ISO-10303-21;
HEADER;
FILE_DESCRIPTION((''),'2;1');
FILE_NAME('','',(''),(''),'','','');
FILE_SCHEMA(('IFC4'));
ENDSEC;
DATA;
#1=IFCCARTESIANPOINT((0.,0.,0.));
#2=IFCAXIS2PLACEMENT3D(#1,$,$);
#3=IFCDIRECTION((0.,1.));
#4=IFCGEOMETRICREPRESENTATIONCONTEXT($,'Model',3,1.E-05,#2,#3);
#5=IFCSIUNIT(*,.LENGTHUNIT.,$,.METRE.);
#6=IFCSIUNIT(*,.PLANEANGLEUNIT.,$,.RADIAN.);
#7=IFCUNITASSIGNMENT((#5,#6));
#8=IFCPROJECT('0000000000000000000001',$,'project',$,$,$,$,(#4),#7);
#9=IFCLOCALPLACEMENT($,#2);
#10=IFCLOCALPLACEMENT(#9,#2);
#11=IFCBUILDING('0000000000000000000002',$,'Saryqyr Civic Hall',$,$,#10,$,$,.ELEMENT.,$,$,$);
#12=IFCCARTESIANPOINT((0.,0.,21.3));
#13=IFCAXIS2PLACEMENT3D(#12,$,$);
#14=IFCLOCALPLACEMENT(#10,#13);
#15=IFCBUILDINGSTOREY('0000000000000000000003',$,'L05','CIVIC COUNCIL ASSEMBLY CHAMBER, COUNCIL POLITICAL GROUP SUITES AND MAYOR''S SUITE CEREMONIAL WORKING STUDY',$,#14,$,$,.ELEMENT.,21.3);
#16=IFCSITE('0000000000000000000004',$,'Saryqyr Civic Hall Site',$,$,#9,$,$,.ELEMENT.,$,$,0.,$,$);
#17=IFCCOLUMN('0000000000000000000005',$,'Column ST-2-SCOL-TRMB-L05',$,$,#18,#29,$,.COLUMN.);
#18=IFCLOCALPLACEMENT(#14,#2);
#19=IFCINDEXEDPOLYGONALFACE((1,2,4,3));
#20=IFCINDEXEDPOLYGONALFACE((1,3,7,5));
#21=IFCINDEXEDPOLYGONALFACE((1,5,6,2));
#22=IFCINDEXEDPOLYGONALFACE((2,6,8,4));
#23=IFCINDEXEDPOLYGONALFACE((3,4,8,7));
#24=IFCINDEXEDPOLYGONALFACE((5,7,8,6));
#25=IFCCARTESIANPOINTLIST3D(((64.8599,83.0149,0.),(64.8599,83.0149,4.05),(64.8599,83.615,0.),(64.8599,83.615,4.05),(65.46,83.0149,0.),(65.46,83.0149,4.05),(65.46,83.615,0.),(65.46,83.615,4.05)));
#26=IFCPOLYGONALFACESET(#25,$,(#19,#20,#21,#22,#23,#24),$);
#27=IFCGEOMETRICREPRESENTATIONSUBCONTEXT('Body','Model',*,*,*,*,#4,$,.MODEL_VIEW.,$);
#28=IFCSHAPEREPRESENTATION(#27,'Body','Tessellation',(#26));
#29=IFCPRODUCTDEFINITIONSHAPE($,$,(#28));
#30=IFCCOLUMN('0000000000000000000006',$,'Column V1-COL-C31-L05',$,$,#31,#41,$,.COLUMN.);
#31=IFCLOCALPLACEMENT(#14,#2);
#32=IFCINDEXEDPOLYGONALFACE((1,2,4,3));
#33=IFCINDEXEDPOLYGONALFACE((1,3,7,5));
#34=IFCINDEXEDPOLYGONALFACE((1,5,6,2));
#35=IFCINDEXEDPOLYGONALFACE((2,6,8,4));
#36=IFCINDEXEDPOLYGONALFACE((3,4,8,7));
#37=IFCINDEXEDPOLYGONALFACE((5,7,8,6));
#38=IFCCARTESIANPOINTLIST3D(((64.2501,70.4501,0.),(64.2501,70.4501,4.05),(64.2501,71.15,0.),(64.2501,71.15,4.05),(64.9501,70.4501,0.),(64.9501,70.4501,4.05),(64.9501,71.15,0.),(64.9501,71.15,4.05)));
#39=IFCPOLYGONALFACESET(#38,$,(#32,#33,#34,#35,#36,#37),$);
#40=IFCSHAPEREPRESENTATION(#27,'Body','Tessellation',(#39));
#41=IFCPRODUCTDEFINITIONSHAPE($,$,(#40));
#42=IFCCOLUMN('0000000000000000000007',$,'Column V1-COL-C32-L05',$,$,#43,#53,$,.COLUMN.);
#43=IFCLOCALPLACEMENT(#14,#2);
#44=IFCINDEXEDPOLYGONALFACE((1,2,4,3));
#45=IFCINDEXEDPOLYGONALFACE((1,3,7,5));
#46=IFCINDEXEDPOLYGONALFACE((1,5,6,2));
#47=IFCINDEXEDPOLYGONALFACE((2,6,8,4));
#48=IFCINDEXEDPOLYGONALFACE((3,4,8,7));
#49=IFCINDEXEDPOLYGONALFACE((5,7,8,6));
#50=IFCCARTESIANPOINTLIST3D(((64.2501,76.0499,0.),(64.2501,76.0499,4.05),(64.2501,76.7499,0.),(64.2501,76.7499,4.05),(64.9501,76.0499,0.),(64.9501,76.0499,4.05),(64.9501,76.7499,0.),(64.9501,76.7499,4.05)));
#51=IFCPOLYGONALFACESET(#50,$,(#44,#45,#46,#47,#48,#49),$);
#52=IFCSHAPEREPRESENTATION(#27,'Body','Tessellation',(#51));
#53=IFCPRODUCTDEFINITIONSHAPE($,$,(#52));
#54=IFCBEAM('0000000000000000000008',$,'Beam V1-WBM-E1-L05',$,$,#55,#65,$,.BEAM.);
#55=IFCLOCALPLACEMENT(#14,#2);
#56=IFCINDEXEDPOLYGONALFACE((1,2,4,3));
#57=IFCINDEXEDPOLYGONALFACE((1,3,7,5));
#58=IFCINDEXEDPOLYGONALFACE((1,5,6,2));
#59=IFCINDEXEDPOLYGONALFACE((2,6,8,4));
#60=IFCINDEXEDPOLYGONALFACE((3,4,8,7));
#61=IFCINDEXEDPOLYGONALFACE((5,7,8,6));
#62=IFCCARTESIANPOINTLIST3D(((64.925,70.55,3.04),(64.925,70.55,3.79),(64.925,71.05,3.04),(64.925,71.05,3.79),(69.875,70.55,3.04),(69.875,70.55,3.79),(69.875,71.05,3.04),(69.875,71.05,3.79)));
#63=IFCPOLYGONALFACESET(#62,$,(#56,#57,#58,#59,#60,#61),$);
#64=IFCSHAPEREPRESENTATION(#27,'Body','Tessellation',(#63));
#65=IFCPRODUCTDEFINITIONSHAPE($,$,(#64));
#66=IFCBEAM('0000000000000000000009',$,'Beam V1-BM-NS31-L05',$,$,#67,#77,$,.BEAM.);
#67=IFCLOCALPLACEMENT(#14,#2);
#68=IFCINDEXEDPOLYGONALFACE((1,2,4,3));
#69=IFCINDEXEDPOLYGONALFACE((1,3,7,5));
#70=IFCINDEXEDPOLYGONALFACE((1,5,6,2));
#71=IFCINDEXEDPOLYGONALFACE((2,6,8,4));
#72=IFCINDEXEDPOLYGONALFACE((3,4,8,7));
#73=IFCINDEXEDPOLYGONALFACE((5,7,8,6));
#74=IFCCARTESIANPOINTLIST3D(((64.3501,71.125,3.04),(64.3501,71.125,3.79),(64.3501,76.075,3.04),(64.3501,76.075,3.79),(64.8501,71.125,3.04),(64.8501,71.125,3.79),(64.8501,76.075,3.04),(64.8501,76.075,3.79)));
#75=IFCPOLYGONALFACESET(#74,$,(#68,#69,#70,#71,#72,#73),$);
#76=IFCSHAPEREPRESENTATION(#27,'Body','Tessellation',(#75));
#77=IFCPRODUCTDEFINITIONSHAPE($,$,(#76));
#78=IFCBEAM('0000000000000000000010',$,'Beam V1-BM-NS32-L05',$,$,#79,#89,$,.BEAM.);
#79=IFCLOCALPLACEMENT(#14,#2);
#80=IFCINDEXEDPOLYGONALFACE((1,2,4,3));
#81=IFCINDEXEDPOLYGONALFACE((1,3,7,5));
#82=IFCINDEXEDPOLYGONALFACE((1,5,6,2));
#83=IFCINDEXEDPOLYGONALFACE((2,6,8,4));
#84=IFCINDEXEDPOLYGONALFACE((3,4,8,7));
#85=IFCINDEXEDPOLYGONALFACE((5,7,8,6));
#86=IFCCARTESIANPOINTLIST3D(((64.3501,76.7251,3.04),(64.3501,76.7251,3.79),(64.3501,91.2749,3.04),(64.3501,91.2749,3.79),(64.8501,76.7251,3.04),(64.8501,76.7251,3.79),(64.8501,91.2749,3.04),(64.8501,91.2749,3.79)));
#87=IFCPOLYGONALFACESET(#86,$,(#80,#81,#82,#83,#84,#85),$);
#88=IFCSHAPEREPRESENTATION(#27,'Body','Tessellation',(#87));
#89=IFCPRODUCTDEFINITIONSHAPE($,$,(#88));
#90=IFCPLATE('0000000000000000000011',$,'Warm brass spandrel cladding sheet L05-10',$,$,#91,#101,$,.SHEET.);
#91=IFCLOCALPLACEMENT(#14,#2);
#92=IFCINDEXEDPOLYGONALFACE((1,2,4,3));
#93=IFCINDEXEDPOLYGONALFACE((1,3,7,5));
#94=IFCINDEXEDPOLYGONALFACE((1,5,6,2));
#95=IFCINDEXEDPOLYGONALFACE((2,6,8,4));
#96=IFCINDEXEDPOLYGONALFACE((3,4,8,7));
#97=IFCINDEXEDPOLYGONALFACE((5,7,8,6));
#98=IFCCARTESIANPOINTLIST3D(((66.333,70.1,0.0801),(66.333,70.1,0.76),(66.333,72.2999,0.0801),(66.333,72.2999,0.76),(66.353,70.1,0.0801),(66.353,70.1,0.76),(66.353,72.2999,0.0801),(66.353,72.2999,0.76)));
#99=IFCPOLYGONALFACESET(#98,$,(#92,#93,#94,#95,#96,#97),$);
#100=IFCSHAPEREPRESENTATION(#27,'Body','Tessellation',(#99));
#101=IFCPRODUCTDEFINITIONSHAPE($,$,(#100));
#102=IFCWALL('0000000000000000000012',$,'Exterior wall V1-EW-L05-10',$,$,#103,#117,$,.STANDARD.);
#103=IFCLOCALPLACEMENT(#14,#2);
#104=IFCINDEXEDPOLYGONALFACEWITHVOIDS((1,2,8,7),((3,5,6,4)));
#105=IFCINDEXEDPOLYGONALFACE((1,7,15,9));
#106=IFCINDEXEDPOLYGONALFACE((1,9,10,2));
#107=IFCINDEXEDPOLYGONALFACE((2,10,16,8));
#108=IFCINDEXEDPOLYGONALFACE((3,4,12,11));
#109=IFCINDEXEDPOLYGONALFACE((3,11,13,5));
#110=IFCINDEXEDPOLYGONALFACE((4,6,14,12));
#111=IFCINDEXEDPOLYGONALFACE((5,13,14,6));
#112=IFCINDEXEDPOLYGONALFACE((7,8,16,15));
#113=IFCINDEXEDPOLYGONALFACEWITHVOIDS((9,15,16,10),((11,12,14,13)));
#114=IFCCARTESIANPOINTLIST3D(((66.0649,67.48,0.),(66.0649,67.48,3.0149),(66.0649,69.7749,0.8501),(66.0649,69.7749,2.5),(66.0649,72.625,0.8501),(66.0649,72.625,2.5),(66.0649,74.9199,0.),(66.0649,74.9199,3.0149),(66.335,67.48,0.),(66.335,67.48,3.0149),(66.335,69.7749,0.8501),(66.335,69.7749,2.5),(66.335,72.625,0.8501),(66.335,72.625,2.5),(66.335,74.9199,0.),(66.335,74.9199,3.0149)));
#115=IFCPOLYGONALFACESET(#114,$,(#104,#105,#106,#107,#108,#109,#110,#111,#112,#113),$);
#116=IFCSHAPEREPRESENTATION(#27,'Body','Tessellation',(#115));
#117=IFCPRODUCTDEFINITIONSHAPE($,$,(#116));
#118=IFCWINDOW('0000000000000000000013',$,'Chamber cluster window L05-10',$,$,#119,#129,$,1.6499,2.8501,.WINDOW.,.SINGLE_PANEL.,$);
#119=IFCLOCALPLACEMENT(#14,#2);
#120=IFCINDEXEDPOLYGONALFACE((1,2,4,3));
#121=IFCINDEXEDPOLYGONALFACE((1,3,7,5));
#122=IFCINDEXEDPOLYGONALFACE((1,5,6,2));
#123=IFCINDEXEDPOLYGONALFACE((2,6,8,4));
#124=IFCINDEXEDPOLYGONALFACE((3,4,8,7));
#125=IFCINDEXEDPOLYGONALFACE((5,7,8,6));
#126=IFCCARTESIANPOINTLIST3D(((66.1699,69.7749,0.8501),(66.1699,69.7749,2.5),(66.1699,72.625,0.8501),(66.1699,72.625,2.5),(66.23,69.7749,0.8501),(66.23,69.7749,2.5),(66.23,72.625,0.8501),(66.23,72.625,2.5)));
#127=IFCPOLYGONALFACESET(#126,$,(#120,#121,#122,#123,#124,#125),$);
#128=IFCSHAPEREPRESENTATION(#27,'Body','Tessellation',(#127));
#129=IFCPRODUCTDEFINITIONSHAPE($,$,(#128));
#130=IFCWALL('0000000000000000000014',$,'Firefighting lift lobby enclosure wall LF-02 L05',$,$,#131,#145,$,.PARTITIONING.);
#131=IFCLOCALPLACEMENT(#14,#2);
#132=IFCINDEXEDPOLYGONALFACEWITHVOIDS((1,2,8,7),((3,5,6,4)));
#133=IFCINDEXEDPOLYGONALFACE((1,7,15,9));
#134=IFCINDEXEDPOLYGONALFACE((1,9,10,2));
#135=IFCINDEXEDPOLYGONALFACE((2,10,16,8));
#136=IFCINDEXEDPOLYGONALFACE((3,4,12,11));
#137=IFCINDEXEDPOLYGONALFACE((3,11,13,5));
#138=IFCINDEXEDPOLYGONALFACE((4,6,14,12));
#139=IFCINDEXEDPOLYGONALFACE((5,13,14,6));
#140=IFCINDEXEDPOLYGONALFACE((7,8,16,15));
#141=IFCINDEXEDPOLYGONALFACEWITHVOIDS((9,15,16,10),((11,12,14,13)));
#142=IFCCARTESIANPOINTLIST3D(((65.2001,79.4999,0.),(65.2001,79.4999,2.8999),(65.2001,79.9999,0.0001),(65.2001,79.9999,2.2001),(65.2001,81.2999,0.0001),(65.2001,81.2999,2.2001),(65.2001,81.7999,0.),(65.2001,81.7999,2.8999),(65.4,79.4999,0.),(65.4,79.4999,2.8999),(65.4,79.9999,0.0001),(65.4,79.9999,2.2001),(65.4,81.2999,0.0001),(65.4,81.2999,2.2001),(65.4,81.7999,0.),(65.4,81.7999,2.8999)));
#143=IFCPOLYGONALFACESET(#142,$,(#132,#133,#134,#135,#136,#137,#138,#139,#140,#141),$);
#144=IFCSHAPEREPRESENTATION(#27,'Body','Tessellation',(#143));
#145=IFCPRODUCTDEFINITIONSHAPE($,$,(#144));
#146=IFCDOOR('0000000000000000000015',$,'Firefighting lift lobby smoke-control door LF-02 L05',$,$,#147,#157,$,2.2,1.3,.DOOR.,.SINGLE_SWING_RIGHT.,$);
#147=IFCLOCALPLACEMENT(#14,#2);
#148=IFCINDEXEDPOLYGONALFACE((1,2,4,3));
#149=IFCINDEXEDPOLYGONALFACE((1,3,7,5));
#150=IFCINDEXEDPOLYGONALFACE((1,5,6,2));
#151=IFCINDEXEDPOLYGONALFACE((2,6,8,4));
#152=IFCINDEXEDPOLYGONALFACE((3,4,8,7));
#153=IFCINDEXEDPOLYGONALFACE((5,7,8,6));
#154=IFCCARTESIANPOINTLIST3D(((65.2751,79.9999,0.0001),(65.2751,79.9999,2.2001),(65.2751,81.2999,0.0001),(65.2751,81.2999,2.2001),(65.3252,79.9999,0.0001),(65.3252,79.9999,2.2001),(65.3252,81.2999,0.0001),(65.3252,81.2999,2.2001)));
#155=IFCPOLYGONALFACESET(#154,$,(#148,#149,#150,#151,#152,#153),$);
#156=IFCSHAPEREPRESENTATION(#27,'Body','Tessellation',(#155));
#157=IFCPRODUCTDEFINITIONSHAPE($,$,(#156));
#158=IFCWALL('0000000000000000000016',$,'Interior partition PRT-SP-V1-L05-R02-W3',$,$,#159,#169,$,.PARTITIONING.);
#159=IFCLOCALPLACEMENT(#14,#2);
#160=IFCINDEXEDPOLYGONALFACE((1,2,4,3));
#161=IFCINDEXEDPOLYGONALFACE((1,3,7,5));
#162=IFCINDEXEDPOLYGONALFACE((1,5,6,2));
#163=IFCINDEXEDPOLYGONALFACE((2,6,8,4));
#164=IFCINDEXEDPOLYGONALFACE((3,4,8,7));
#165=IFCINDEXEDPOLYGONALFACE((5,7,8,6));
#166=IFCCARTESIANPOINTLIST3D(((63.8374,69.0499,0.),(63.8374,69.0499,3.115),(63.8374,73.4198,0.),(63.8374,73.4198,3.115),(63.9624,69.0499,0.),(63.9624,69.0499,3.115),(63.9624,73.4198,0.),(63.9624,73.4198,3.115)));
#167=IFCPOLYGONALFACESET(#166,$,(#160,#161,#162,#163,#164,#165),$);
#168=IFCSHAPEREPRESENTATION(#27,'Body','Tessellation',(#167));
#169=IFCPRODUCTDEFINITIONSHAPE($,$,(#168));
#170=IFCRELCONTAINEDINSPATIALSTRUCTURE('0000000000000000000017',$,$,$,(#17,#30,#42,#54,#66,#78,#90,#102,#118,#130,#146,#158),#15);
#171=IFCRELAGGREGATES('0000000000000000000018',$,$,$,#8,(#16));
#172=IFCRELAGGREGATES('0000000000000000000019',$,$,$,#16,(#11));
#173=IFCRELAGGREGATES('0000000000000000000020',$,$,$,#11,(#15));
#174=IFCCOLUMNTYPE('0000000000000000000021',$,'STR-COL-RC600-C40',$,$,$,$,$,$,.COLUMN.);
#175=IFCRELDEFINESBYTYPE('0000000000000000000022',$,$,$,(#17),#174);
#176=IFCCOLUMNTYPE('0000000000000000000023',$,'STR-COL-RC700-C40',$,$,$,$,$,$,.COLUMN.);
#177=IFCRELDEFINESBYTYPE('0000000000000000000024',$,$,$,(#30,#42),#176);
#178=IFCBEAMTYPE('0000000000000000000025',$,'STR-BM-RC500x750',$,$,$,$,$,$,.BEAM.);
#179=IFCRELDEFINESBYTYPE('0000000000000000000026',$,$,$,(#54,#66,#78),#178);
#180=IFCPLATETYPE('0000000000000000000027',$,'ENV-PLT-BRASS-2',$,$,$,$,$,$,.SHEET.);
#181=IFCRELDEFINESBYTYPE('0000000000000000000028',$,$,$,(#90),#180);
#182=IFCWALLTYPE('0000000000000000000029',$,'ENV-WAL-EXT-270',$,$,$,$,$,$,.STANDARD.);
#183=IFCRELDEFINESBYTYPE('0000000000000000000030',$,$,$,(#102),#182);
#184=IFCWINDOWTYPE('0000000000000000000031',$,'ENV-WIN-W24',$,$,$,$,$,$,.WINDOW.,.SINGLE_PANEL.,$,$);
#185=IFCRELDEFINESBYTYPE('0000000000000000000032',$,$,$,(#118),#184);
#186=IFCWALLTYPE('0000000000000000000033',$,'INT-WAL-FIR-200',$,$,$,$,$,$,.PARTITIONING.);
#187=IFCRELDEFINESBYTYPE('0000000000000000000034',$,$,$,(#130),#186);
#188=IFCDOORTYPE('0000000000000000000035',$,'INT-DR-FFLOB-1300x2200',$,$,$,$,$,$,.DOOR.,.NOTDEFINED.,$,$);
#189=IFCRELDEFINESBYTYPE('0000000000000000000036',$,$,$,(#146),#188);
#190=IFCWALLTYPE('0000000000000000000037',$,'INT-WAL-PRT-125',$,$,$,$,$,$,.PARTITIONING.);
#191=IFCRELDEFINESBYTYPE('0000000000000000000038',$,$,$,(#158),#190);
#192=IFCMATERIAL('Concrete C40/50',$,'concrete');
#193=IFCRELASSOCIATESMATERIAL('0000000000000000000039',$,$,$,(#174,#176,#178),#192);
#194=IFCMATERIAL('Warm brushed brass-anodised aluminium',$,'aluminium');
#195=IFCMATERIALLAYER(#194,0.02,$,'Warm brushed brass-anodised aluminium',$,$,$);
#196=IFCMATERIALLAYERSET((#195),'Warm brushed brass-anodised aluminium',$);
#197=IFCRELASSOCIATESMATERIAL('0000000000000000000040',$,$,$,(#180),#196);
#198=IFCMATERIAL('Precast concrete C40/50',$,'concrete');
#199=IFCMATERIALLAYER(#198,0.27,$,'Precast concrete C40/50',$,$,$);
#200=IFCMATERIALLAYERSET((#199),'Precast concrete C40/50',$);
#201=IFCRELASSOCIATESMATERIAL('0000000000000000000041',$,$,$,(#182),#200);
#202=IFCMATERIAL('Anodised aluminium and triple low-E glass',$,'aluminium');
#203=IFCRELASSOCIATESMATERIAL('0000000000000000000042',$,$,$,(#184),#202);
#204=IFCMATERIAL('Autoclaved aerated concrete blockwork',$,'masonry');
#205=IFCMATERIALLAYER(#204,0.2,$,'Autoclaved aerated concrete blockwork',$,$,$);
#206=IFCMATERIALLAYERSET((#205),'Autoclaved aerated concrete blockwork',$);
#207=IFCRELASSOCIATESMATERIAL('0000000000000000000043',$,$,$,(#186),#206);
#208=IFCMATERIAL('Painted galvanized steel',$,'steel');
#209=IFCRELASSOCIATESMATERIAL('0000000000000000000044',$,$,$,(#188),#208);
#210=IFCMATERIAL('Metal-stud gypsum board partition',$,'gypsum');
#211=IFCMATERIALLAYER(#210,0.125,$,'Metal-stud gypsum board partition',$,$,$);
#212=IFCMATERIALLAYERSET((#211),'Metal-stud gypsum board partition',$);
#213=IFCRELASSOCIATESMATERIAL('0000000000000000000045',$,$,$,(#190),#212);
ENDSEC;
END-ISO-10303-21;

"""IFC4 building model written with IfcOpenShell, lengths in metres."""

from ifc_helpers import new_model, si_unit, direction, frame, frame_2d, origin, origin_2d, place, context, subcontext, project, spatial, rectangle, extrude, material, layer, layer_set, material_profile, profile_set, type_object, element, fill, save


model = new_model("IFC4")

# Units and contexts
model_context = context("Model", 3, precision=1e-05, world=origin(), true_north=direction((0.0, 1.0)))
body_context = subcontext(model_context, "Body", "Model", "MODEL_VIEW")
ifc_project = project(units=[si_unit("LENGTHUNIT", "METRE"), si_unit("PLANEANGLEUNIT", "RADIAN")], contexts=[model_context])

# Site, building, storey
site_placement = place(None, origin())
site = spatial("IfcSite", under=ifc_project, at=site_placement, Name="Saryqyr Civic Hall Site", CompositionType="ELEMENT", RefElevation=0.0)
building_placement = place(site_placement, origin())
building = spatial("IfcBuilding", under=site, at=building_placement, Name="Saryqyr Civic Hall", CompositionType="ELEMENT")
storey_placement = place(building_placement, frame((0.0, 0.0, 21.3)))
storey = spatial("IfcBuildingStorey", under=building, at=storey_placement, Name="L05", Description="CIVIC COUNCIL ASSEMBLY CHAMBER, COUNCIL POLITICAL GROUP SUITES AND MAYOR'S SUITE CEREMONIAL WORKING STUDY", CompositionType="ELEMENT", Elevation=21.3)

# Columns
ifc_material_1 = material(Name="Concrete C40/50", Category="concrete")
ifc_material_profile_1 = material_profile(ifc_material_1, rectangle(XDim=0.6001, YDim=0.6001, at=origin_2d()), Name="RC 600x600")
ifc_profile_set_1 = profile_set([ifc_material_profile_1], Name="Concrete C40/50")
column_type_1 = type_object("IfcColumnType", Name="STR-COL-RC600-C40", PredefinedType="COLUMN", material=ifc_profile_set_1)
column_placement = place(storey_placement, frame((65.1599, 83.3149, 0.0), z_axis=(0.0, 0.0, 1.0), x_axis=(1.0, 0.0, 0.0)))
element("IfcColumn", 1, at=column_placement, inside=storey, type_object=column_type_1, Name="Column ST-2-SCOL-TRMB-L05", PredefinedType="COLUMN", context=body_context, shape_type="SweptSolid", body=[
    extrude(rectangle(XDim=0.6001, YDim=0.6001, at=origin_2d()), origin(), (0.0, 0.0, 1.0), 4.05),
])
ifc_material_profile_2 = material_profile(ifc_material_1, rectangle(XDim=0.7, YDim=0.7, at=origin_2d()), Name="RC 700x700")
ifc_profile_set_2 = profile_set([ifc_material_profile_2], Name="Concrete C40/50")
column_type_2 = type_object("IfcColumnType", Name="STR-COL-RC700-C40", PredefinedType="COLUMN", material=ifc_profile_set_2)
for number, where, z_axis, x_axis, name in (
    (2, (64.6001, 70.8, 0.0), (0.0, 0.0, 1.0), (1.0, 0.0, 0.0), "Column V1-COL-C31-L05"),
    (3, (64.6001, 76.3999, 0.0), (0.0, 0.0, 1.0), (1.0, 0.0, 0.0), "Column V1-COL-C32-L05"),
):
    element("IfcColumn", number, at=place(storey_placement, frame(where, z_axis=z_axis, x_axis=x_axis)), inside=storey, type_object=column_type_2, Name=name, PredefinedType="COLUMN", context=body_context, shape_type="SweptSolid", body=[
        extrude(rectangle(XDim=0.7, YDim=0.7, at=origin_2d()), origin(), (0.0, 0.0, 1.0), 4.05),
    ])

# Beams
ifc_material_profile_3 = material_profile(ifc_material_1, rectangle(XDim=0.5, YDim=0.75, at=origin_2d()), Name="RC 500x750")
ifc_profile_set_3 = profile_set([ifc_material_profile_3], Name="Concrete C40/50")
beam_type = type_object("IfcBeamType", Name="STR-BM-RC500x750", PredefinedType="BEAM", material=ifc_profile_set_3)
for number, where, z_axis, x_axis, name in (
    (4, (64.925, 70.8, 3.415), (1.0, 0.0, 0.0), (0.0, 1.0, 0.0), "Beam V1-WBM-E1-L05"),
    (5, (64.6001, 71.125, 3.415), (0.0, 1.0, 0.0), (-1.0, 0.0, 0.0), "Beam V1-BM-NS31-L05"),
):
    element("IfcBeam", number, at=place(storey_placement, frame(where, z_axis=z_axis, x_axis=x_axis)), inside=storey, type_object=beam_type, Name=name, PredefinedType="BEAM", context=body_context, shape_type="SweptSolid", body=[
        extrude(rectangle(XDim=0.5, YDim=0.75, at=origin_2d()), origin(), (0.0, 0.0, 1.0), 4.95),
    ])
beam_placement = place(storey_placement, frame((64.6001, 76.7251, 3.415), z_axis=(0.0, 1.0, 0.0), x_axis=(-1.0, 0.0, 0.0)))
element("IfcBeam", 6, at=beam_placement, inside=storey, type_object=beam_type, Name="Beam V1-BM-NS32-L05", PredefinedType="BEAM", context=body_context, shape_type="SweptSolid", body=[
    extrude(rectangle(XDim=0.5, YDim=0.75, at=origin_2d()), origin(), (0.0, 0.0, 1.0), 14.5498),
])

# Plate
ifc_material_2 = material(Name="Warm brushed brass-anodised aluminium", Category="aluminium")
ifc_layer_1 = layer(ifc_material_2, 0.02, Name="Warm brushed brass-anodised aluminium")
ifc_layer_set_1 = layer_set([ifc_layer_1], Name="Warm brushed brass-anodised aluminium")
plate_type = type_object("IfcPlateType", Name="ENV-PLT-BRASS-2", PredefinedType="SHEET", material=ifc_layer_set_1)
plate_placement = place(storey_placement, frame((66.343, 71.2, 0.0801), z_axis=(0.0, 0.0, 1.0), x_axis=(0.0, -1.0, 0.0)))
element("IfcPlate", 7, at=plate_placement, inside=storey, type_object=plate_type, Name="Warm brass spandrel cladding sheet L05-10", PredefinedType="SHEET", context=body_context, shape_type="SweptSolid", body=[
    extrude(rectangle(XDim=2.2, YDim=0.02, at=origin_2d()), origin(), (0.0, 0.0, 1.0), 0.6799),
])

# Wall, opening, window
ifc_material_3 = material(Name="Precast concrete C40/50", Category="concrete")
ifc_layer_2 = layer(ifc_material_3, 0.27, Name="Precast concrete C40/50")
ifc_layer_set_2 = layer_set([ifc_layer_2], Name="Precast concrete C40/50")
wall_type_1 = type_object("IfcWallType", Name="ENV-WAL-EXT-270", PredefinedType="STANDARD", material=ifc_layer_set_2)
wall_1_placement = place(storey_placement, frame((66.2, 74.9199, 0.0), z_axis=(0.0, 0.0, 1.0), x_axis=(0.0, -1.0, 0.0)))
wall_1 = element("IfcWall", 8, at=wall_1_placement, inside=storey, type_object=wall_type_1, Name="Exterior wall V1-EW-L05-10", PredefinedType="STANDARD", context=body_context, shape_type="SweptSolid", body=[
    extrude(rectangle(XDim=7.4399, YDim=0.27, at=frame_2d((3.72, 0.0))), origin(), (0.0, 0.0, 1.0), 3.0149),
])
opening_1_placement = place(wall_1_placement, frame((2.2949, 0.0, 0.8501)))
opening_1 = element("IfcOpeningElement", 9, at=opening_1_placement, cuts=wall_1, PredefinedType="OPENING", context=body_context, shape_type="SweptSolid", body=[
    extrude(rectangle(XDim=2.8501, YDim=1.6499, at=frame_2d((1.425, 0.825))), frame((0.0, 0.145, 0.0), z_axis=(0.0, -1.0, 0.0), x_axis=(1.0, 0.0, 0.0)), (0.0, 0.0, 1.0), 0.29),
])
ifc_material_4 = material(Name="Anodised aluminium and triple low-E glass", Category="aluminium")
window_type = type_object("IfcWindowType", Name="ENV-WIN-W24", PartitioningType="SINGLE_PANEL", PredefinedType="WINDOW", material=ifc_material_4)
window_placement = place(opening_1_placement, origin())
window = element("IfcWindow", 10, at=window_placement, inside=storey, type_object=window_type, Name="Chamber cluster window L05-10", OverallHeight=1.6499, OverallWidth=2.8501, PartitioningType="SINGLE_PANEL", PredefinedType="WINDOW", context=body_context, shape_type="SweptSolid", body=[
    extrude(rectangle(XDim=2.8501, YDim=1.6499, at=frame_2d((1.425, 0.825))), frame((0.0, 0.03, 0.0), z_axis=(0.0, -1.0, 0.0), x_axis=(1.0, 0.0, 0.0)), (0.0, 0.0, 1.0), 0.0601),
])
fill(opening_1, window)

# Wall, opening, door
ifc_material_5 = material(Name="Autoclaved aerated concrete blockwork", Category="masonry")
ifc_layer_3 = layer(ifc_material_5, 0.2, Name="Autoclaved aerated concrete blockwork")
ifc_layer_set_3 = layer_set([ifc_layer_3], Name="Autoclaved aerated concrete blockwork")
wall_type_2 = type_object("IfcWallType", Name="INT-WAL-FIR-200", PredefinedType="PARTITIONING", material=ifc_layer_set_3)
wall_2_placement = place(storey_placement, frame((65.3, 79.5, 0.0), z_axis=(0.0, 0.0, 1.0), x_axis=(0.0, 1.0, 0.0)))
wall_2 = element("IfcWall", 11, at=wall_2_placement, inside=storey, type_object=wall_type_2, Name="Firefighting lift lobby enclosure wall LF-02 L05", PredefinedType="PARTITIONING", context=body_context, shape_type="SweptSolid", body=[
    extrude(rectangle(XDim=2.3, YDim=0.2, at=frame_2d((1.1499, 0.0))), origin(), (0.0, 0.0, 1.0), 2.8999),
])
opening_2_placement = place(wall_2_placement, frame((0.5, 0.0, 0.0)))
opening_2 = element("IfcOpeningElement", 12, at=opening_2_placement, cuts=wall_2, PredefinedType="OPENING", context=body_context, shape_type="SweptSolid", body=[
    extrude(rectangle(XDim=1.3, YDim=2.2, at=frame_2d((0.6499, 1.1001))), frame((0.0, 0.1099, 0.0), z_axis=(0.0, -1.0, 0.0), x_axis=(1.0, 0.0, 0.0)), (0.0, 0.0, 1.0), 0.22),
])
ifc_material_6 = material(Name="Painted galvanized steel", Category="steel")
door_type_1 = type_object("IfcDoorType", Name="INT-DR-FFLOB-1300x2200", OperationType="NOTDEFINED", PredefinedType="DOOR", material=ifc_material_6)
door_1_placement = place(opening_2_placement, origin())
door_1 = element("IfcDoor", 13, at=door_1_placement, inside=storey, type_object=door_type_1, Name="Firefighting lift lobby smoke-control door LF-02 L05", OperationType="SINGLE_SWING_RIGHT", OverallHeight=2.2, OverallWidth=1.3, PredefinedType="DOOR", context=body_context, shape_type="SweptSolid", body=[
    extrude(rectangle(XDim=1.3, YDim=2.2, at=frame_2d((0.6499, 1.1001))), frame((0.0, 0.0249, 0.0), z_axis=(0.0, -1.0, 0.0), x_axis=(1.0, 0.0, 0.0)), (0.0, 0.0, 1.0), 0.05),
])
fill(opening_2, door_1)

# Wall
ifc_material_7 = material(Name="Metal-stud gypsum board partition", Category="gypsum")
ifc_layer_4 = layer(ifc_material_7, 0.125, Name="Metal-stud gypsum board partition")
ifc_layer_set_4 = layer_set([ifc_layer_4], Name="Metal-stud gypsum board partition")
wall_type_3 = type_object("IfcWallType", Name="INT-WAL-PRT-125", PredefinedType="PARTITIONING", material=ifc_layer_set_4)
wall_3_placement = place(storey_placement, frame((63.8999, 73.4199, 0.0), z_axis=(0.0, 0.0, 1.0), x_axis=(0.0, -1.0, 0.0)))
element("IfcWall", 14, at=wall_3_placement, inside=storey, type_object=wall_type_3, Name="Interior partition PRT-SP-V1-L05-R02-W3", PredefinedType="PARTITIONING", context=body_context, shape_type="SweptSolid", body=[
    extrude(rectangle(XDim=4.3699, YDim=0.125, at=frame_2d((2.1851, 0.0))), origin(), (0.0, 0.0, 1.0), 3.115),
])

save(model, "model.ifc")
